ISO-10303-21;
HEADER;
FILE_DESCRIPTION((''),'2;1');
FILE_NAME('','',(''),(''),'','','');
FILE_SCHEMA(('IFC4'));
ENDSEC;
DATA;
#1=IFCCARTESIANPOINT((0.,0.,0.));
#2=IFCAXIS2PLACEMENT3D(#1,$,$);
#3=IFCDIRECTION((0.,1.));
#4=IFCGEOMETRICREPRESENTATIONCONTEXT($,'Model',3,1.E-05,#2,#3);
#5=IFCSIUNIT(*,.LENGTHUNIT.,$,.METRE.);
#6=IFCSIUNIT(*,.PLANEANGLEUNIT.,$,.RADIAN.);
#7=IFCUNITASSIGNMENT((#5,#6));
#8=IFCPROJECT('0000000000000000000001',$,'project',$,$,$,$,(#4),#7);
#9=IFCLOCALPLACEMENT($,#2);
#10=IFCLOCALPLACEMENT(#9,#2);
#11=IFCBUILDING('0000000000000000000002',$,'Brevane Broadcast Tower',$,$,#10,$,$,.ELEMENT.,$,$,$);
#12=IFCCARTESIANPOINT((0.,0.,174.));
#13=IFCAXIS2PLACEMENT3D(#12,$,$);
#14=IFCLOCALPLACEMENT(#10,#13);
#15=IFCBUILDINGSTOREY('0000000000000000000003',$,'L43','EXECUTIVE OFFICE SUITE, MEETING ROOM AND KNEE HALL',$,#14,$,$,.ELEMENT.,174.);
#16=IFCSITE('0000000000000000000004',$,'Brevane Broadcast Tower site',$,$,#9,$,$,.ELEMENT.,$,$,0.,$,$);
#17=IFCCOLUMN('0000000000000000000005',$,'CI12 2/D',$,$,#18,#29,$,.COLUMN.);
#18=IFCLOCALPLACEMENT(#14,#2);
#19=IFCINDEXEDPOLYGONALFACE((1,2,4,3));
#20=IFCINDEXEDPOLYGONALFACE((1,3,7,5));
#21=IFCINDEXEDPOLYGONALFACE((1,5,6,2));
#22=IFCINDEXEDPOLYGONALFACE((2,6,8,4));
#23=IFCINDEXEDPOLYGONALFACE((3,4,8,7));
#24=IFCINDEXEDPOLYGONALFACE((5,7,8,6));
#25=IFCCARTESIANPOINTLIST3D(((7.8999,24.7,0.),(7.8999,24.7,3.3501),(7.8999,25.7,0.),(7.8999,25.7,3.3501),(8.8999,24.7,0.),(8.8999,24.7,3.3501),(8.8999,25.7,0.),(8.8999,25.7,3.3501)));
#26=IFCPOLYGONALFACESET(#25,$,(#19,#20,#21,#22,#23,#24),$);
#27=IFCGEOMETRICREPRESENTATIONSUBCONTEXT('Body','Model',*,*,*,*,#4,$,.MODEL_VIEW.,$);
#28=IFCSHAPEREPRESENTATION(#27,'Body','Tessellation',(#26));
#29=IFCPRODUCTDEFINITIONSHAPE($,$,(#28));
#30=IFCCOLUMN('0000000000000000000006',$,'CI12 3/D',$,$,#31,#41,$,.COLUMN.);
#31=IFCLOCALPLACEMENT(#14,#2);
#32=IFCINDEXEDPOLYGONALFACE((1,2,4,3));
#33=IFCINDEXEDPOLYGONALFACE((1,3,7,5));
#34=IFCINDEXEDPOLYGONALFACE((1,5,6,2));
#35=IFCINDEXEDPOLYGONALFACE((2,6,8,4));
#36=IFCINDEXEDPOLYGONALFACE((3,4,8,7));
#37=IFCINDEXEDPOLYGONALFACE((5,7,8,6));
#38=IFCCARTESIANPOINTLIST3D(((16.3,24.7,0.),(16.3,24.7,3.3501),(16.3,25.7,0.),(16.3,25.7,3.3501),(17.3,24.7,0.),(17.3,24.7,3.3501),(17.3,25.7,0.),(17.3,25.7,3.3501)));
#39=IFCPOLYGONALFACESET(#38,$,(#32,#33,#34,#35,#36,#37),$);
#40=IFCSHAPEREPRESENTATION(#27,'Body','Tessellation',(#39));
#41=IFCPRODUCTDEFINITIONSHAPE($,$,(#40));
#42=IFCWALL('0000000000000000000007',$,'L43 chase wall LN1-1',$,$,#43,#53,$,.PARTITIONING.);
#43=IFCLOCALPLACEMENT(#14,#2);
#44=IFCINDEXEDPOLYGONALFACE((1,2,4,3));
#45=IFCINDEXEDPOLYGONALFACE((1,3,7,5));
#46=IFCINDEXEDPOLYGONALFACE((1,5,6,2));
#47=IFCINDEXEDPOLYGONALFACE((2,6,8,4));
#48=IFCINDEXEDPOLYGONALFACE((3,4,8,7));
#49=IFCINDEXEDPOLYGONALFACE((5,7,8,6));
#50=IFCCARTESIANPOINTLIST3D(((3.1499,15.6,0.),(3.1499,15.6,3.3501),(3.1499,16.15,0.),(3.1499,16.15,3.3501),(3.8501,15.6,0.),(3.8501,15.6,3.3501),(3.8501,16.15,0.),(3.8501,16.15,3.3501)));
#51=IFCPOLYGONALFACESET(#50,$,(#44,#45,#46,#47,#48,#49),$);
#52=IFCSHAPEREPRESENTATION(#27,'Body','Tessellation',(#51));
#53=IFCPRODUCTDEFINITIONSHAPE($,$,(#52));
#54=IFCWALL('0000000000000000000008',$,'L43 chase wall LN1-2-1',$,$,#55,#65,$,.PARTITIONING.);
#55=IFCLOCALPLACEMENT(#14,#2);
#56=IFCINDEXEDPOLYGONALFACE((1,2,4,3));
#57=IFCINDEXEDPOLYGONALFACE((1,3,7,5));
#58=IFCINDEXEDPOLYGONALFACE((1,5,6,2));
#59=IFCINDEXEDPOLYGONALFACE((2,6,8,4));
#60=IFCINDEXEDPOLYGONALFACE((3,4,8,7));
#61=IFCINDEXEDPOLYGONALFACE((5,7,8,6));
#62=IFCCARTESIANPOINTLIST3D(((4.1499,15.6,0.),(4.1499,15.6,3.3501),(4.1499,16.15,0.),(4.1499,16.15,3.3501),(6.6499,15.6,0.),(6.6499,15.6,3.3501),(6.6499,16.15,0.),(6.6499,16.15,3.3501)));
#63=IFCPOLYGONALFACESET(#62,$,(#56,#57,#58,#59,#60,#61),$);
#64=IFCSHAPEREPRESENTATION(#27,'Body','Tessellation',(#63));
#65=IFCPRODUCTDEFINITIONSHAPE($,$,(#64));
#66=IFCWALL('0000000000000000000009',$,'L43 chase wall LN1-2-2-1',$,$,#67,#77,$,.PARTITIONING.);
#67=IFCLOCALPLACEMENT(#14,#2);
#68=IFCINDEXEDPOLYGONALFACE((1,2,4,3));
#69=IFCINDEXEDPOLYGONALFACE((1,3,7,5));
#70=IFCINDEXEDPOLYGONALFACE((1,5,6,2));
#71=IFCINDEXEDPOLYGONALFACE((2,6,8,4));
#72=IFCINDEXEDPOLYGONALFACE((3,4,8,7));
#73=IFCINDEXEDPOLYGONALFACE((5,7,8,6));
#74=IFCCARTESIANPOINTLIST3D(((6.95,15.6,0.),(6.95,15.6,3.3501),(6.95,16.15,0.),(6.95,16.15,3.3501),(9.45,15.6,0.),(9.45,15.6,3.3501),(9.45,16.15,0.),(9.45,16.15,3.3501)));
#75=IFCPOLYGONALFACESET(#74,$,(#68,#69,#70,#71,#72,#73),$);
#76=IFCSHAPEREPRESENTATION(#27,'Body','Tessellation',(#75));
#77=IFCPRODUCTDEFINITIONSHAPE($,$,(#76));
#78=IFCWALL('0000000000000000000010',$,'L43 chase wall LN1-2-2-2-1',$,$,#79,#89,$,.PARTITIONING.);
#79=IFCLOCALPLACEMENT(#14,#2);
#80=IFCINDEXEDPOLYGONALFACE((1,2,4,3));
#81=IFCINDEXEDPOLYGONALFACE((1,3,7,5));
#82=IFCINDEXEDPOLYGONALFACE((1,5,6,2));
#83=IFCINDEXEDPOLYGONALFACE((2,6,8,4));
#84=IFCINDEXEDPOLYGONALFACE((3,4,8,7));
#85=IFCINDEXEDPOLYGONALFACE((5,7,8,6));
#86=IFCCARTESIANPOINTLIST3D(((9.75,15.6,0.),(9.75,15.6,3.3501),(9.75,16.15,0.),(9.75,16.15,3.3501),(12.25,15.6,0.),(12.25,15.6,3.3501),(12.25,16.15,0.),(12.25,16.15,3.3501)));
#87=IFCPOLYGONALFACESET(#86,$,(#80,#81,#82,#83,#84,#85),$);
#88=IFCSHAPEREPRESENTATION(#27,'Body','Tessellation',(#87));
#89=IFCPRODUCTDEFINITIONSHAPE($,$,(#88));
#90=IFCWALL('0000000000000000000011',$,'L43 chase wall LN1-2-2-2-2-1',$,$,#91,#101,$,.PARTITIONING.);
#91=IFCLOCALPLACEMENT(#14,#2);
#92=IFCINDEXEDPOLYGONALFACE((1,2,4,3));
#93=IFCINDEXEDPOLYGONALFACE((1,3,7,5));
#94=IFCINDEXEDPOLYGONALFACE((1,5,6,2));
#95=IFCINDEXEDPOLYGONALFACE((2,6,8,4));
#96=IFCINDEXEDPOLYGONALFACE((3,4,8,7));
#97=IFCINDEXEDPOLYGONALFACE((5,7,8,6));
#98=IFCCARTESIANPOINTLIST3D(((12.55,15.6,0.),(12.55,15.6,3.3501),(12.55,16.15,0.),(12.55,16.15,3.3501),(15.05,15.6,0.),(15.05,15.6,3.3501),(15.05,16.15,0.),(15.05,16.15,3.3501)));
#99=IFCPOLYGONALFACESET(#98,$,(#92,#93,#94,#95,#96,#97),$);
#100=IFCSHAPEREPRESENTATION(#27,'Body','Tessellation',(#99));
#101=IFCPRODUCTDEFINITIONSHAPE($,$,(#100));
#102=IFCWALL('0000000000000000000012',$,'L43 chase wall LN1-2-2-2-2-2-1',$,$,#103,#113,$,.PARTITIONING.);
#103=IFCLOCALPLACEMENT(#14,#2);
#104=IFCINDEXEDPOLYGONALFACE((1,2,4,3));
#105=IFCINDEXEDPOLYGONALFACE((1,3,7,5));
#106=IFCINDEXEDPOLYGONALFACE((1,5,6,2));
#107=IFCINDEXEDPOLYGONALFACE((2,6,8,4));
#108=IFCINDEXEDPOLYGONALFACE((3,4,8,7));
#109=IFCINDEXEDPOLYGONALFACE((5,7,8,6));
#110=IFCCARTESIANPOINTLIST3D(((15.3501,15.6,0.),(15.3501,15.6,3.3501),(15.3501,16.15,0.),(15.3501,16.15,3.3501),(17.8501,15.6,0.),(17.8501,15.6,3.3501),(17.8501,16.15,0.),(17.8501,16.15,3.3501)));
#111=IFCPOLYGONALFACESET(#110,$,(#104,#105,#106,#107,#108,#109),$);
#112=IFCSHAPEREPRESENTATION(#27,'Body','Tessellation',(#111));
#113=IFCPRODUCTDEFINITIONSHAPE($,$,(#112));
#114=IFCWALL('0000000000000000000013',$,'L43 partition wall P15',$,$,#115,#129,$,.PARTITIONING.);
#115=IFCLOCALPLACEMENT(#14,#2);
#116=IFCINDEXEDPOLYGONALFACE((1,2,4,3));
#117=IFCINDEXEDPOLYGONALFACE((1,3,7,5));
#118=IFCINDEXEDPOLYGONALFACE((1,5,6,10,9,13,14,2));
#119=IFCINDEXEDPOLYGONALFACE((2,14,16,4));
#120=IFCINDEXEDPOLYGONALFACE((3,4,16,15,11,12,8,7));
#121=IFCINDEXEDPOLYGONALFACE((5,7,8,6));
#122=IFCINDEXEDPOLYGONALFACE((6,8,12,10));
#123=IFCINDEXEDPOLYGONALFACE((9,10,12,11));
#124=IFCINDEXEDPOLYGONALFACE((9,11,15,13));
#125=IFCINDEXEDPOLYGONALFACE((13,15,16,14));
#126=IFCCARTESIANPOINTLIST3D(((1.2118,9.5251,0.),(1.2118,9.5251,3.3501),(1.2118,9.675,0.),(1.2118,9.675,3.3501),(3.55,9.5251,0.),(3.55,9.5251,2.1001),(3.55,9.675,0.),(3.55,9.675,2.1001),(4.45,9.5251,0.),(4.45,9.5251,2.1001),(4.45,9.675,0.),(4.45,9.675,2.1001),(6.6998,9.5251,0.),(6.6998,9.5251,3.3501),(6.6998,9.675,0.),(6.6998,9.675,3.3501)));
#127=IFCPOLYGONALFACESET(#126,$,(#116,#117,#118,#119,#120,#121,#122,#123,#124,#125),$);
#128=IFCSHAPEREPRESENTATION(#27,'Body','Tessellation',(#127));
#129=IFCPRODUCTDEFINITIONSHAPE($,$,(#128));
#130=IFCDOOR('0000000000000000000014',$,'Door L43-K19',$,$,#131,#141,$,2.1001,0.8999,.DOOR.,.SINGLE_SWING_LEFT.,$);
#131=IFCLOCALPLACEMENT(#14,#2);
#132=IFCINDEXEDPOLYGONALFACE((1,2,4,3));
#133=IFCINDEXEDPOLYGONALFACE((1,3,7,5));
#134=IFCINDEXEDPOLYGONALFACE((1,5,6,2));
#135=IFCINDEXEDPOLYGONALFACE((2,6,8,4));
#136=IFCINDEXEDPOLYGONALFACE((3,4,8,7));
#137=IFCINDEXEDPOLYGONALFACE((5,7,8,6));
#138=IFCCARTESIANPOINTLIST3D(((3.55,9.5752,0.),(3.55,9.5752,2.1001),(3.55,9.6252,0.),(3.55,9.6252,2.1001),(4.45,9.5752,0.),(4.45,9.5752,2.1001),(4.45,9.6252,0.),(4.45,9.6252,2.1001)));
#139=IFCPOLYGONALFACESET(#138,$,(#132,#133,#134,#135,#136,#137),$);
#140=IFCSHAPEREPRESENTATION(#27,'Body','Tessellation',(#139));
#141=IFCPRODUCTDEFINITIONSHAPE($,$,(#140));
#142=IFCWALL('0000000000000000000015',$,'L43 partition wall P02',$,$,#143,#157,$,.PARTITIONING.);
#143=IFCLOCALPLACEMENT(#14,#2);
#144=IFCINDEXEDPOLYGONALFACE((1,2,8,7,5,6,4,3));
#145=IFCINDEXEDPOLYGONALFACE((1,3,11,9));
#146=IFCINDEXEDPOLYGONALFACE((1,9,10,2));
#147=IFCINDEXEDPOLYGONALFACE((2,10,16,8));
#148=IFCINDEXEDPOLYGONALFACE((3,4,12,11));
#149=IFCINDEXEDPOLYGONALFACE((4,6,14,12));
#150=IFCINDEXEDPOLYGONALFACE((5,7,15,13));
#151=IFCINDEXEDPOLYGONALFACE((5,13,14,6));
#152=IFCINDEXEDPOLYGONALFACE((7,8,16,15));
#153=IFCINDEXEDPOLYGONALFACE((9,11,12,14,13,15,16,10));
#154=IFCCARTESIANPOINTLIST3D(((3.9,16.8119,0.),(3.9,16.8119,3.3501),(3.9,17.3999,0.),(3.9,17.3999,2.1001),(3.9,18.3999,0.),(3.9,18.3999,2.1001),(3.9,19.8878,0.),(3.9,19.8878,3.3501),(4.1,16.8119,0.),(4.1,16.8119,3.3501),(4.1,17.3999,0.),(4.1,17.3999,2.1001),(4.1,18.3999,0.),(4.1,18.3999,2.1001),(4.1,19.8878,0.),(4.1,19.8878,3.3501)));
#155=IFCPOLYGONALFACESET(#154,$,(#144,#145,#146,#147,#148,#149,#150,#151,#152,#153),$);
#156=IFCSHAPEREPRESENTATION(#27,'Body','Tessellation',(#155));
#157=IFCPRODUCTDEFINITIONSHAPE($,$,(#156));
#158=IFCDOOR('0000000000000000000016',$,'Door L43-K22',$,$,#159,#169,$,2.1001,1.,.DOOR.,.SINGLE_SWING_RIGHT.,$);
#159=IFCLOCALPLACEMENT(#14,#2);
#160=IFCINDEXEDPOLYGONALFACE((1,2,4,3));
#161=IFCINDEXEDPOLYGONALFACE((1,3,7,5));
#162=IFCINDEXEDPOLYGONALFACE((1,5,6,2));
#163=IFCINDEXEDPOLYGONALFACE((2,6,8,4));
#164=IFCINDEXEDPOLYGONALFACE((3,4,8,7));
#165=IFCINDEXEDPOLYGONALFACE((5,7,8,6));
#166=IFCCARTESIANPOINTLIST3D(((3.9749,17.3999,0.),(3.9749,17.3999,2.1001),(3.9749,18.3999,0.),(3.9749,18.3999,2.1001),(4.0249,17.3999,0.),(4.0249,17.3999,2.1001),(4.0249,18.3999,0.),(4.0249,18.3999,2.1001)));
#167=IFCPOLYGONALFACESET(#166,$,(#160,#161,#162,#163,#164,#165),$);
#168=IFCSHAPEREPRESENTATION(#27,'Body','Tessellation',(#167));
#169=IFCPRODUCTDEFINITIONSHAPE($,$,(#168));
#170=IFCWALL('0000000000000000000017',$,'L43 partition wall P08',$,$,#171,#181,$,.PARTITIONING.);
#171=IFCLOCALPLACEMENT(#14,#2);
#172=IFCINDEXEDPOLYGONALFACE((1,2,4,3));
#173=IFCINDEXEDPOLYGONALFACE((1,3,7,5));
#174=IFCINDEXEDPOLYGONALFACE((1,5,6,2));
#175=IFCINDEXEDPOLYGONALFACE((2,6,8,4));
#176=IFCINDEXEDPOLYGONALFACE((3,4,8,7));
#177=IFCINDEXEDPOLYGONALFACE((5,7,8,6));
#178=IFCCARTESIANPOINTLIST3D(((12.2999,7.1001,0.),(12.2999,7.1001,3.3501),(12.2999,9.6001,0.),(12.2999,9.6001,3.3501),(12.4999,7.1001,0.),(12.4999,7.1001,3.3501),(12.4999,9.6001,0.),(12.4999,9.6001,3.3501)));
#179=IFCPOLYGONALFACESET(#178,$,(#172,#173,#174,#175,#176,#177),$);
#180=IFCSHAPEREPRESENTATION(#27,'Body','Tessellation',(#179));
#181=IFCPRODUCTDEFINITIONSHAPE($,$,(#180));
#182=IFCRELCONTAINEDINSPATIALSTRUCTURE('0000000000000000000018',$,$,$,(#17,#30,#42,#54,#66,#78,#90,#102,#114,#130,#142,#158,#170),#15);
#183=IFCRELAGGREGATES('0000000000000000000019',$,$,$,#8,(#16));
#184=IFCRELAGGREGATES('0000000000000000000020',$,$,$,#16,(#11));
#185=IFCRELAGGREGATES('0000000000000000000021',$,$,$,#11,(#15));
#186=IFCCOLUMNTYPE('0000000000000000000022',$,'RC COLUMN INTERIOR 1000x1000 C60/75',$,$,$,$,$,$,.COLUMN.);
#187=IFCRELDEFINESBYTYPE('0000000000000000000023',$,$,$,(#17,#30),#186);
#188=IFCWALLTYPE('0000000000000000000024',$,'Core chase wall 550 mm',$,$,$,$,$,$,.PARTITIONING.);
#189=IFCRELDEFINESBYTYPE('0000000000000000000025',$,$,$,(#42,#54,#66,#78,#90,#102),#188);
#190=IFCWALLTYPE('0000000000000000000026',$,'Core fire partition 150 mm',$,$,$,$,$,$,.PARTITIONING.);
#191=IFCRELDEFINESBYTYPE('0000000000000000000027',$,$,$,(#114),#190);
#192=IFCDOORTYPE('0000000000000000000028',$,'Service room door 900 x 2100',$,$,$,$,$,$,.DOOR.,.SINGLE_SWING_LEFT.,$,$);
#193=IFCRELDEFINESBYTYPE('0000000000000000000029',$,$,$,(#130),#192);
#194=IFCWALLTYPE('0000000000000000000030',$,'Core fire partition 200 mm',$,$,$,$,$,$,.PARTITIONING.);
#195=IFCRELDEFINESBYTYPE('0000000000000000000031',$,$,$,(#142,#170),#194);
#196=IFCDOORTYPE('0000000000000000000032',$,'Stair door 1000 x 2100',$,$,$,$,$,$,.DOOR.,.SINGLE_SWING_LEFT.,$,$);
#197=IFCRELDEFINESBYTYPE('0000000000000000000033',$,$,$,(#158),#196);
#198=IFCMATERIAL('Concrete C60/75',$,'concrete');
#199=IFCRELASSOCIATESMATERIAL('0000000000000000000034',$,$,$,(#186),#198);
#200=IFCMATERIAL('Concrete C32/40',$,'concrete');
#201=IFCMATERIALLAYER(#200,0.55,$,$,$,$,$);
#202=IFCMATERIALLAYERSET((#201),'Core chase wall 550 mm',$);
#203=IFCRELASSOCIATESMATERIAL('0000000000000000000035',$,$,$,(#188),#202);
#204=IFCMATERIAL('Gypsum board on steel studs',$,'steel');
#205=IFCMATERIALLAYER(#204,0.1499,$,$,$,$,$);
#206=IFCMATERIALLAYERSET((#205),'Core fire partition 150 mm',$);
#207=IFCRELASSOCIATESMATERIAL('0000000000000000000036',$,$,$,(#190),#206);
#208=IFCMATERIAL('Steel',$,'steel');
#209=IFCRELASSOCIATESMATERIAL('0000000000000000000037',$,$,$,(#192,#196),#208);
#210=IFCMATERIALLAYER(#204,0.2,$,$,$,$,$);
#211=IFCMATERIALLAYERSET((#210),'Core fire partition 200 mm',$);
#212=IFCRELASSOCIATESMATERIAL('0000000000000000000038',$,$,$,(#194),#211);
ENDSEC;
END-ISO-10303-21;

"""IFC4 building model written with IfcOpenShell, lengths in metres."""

from ifc_helpers import new_model, si_unit, direction, frame, frame_2d, origin, origin_2d, place, context, subcontext, project, spatial, rectangle, extrude, material, layer, layer_set, material_profile, profile_set, type_object, element, fill, save


model = new_model("IFC4")

# Units and contexts
model_context = context("Model", 3, precision=1e-05, world=origin(), true_north=direction((0.0, 1.0)))
body_context = subcontext(model_context, "Body", "Model", "MODEL_VIEW")
ifc_project = project(units=[si_unit("LENGTHUNIT", "METRE"), si_unit("PLANEANGLEUNIT", "RADIAN")], contexts=[model_context])

# Site, building, storey
site_placement = place(None, origin())
site = spatial("IfcSite", under=ifc_project, at=site_placement, Name="Brevane Broadcast Tower site", CompositionType="ELEMENT", RefElevation=0.0)
building_placement = place(site_placement, origin())
building = spatial("IfcBuilding", under=site, at=building_placement, Name="Brevane Broadcast Tower", CompositionType="ELEMENT")
storey_placement = place(building_placement, frame((0.0, 0.0, 174.0)))
storey = spatial("IfcBuildingStorey", under=building, at=storey_placement, Name="L43", Description="EXECUTIVE OFFICE SUITE, MEETING ROOM AND KNEE HALL", CompositionType="ELEMENT", Elevation=174.0)

# Columns
ifc_material_1 = material(Name="Concrete C60/75", Category="concrete")
ifc_material_profile = material_profile(ifc_material_1, rectangle(XDim=1.0, YDim=1.0, at=origin_2d()), Name="RC 1000x1000")
ifc_profile_set = profile_set([ifc_material_profile], Name="Concrete C60/75")
column_type = type_object("IfcColumnType", Name="RC COLUMN INTERIOR 1000x1000 C60/75", PredefinedType="COLUMN", material=ifc_profile_set)
for number, where, z_axis, x_axis, name in (
    (1, (8.3999, 25.2, 0.0), (0.0, 0.0, 1.0), (1.0, 0.0, 0.0), "CI12 2/D"),
    (2, (16.8, 25.2, 0.0), (0.0, 0.0, 1.0), (1.0, 0.0, 0.0), "CI12 3/D"),
):
    element("IfcColumn", number, at=place(storey_placement, frame(where, z_axis=z_axis, x_axis=x_axis)), inside=storey, type_object=column_type, Name=name, PredefinedType="COLUMN", context=body_context, shape_type="SweptSolid", body=[
        extrude(rectangle(XDim=1.0, YDim=1.0, at=origin_2d()), origin(), (0.0, 0.0, 1.0), 3.3501),
    ])

# Walls
ifc_material_2 = material(Name="Concrete C32/40", Category="concrete")
ifc_layer_1 = layer(ifc_material_2, 0.55)
ifc_layer_set_1 = layer_set([ifc_layer_1], Name="Core chase wall 550 mm")
wall_type_1 = type_object("IfcWallType", Name="Core chase wall 550 mm", PredefinedType="PARTITIONING", material=ifc_layer_set_1)
wall_1_placement = place(storey_placement, frame((3.1499, 15.875, 0.0), z_axis=(0.0, 0.0, 1.0), x_axis=(1.0, 0.0, 0.0)))
element("IfcWall", 3, at=wall_1_placement, inside=storey, type_object=wall_type_1, Name="L43 chase wall LN1-1", PredefinedType="PARTITIONING", context=body_context, shape_type="SweptSolid", body=[
    extrude(rectangle(XDim=0.7002, YDim=0.55, at=frame_2d((0.3501, 0.0))), origin(), (0.0, 0.0, 1.0), 3.3501),
])
for number, where, z_axis, x_axis, name in (
    (4, (4.1499, 15.875, 0.0), (0.0, 0.0, 1.0), (1.0, 0.0, 0.0), "L43 chase wall LN1-2-1"),
    (5, (6.95, 15.875, 0.0), (0.0, 0.0, 1.0), (1.0, 0.0, 0.0), "L43 chase wall LN1-2-2-1"),
    (6, (9.75, 15.875, 0.0), (0.0, 0.0, 1.0), (1.0, 0.0, 0.0), "L43 chase wall LN1-2-2-2-1"),
    (7, (12.55, 15.875, 0.0), (0.0, 0.0, 1.0), (1.0, 0.0, 0.0), "L43 chase wall LN1-2-2-2-2-1"),
    (8, (15.3501, 15.875, 0.0), (0.0, 0.0, 1.0), (1.0, 0.0, 0.0), "L43 chase wall LN1-2-2-2-2-2-1"),
):
    element("IfcWall", number, at=place(storey_placement, frame(where, z_axis=z_axis, x_axis=x_axis)), inside=storey, type_object=wall_type_1, Name=name, PredefinedType="PARTITIONING", context=body_context, shape_type="SweptSolid", body=[
        extrude(rectangle(XDim=2.5, YDim=0.55, at=frame_2d((1.25, 0.0))), origin(), (0.0, 0.0, 1.0), 3.3501),
    ])

# Walls, openings, doors
ifc_material_3 = material(Name="Gypsum board on steel studs", Category="steel")
ifc_layer_2 = layer(ifc_material_3, 0.1499)
ifc_layer_set_2 = layer_set([ifc_layer_2], Name="Core fire partition 150 mm")
wall_type_2 = type_object("IfcWallType", Name="Core fire partition 150 mm", PredefinedType="PARTITIONING", material=ifc_layer_set_2)
wall_2_placement = place(storey_placement, frame((6.7, 9.6001, 0.0), z_axis=(0.0, 0.0, 1.0), x_axis=(-1.0, 0.0, 0.0)))
wall_2 = element("IfcWall", 9, at=wall_2_placement, inside=storey, type_object=wall_type_2, Name="L43 partition wall P15", PredefinedType="PARTITIONING", context=body_context, shape_type="SweptSolid", body=[
    extrude(rectangle(XDim=5.488, YDim=0.1499, at=frame_2d((2.7441, 0.0))), origin(), (0.0, 0.0, 1.0), 3.3501),
])
opening_1_placement = place(wall_2_placement, frame((2.25, 0.0, 0.0)))
opening_1 = element("IfcOpeningElement", 10, at=opening_1_placement, cuts=wall_2, PredefinedType="OPENING", context=body_context, shape_type="SweptSolid", body=[
    extrude(rectangle(XDim=0.8999, YDim=2.1001, at=frame_2d((0.45, 1.05))), frame((0.0, 0.085, 0.0), z_axis=(0.0, -1.0, 0.0), x_axis=(1.0, 0.0, 0.0)), (0.0, 0.0, 1.0), 0.1699),
])
ifc_material_4 = material(Name="Steel", Category="steel")
door_type_1 = type_object("IfcDoorType", Name="Service room door 900 x 2100", OperationType="SINGLE_SWING_LEFT", PredefinedType="DOOR", material=ifc_material_4)
door_1_placement = place(opening_1_placement, origin())
door_1 = element("IfcDoor", 11, at=door_1_placement, inside=storey, type_object=door_type_1, Name="Door L43-K19", OperationType="SINGLE_SWING_LEFT", OverallHeight=2.1001, OverallWidth=0.8999, PredefinedType="DOOR", context=body_context, shape_type="SweptSolid", body=[
    extrude(rectangle(XDim=0.8999, YDim=2.1001, at=frame_2d((0.45, 1.05))), frame((0.0, 0.0249, 0.0), z_axis=(0.0, -1.0, 0.0), x_axis=(1.0, 0.0, 0.0)), (0.0, 0.0, 1.0), 0.05),
])
fill(opening_1, door_1)
ifc_layer_3 = layer(ifc_material_3, 0.2)
ifc_layer_set_3 = layer_set([ifc_layer_3], Name="Core fire partition 200 mm")
wall_type_3 = type_object("IfcWallType", Name="Core fire partition 200 mm", PredefinedType="PARTITIONING", material=ifc_layer_set_3)
wall_3_placement = place(storey_placement, frame((4.0, 19.8879, 0.0), z_axis=(0.0, 0.0, 1.0), x_axis=(0.0, -1.0, 0.0)))
wall_3 = element("IfcWall", 12, at=wall_3_placement, inside=storey, type_object=wall_type_3, Name="L43 partition wall P02", PredefinedType="PARTITIONING", context=body_context, shape_type="SweptSolid", body=[
    extrude(rectangle(XDim=3.0759, YDim=0.2, at=frame_2d((1.5381, 0.0))), origin(), (0.0, 0.0, 1.0), 3.3501),
])
opening_2_placement = place(wall_3_placement, frame((1.488, 0.0, 0.0)))
opening_2 = element("IfcOpeningElement", 13, at=opening_2_placement, cuts=wall_3, PredefinedType="OPENING", context=body_context, shape_type="SweptSolid", body=[
    extrude(rectangle(XDim=1.0, YDim=2.1001, at=frame_2d((0.5, 1.05))), frame((0.0, 0.1099, 0.0), z_axis=(0.0, -1.0, 0.0), x_axis=(1.0, 0.0, 0.0)), (0.0, 0.0, 1.0), 0.22),
])
door_type_2 = type_object("IfcDoorType", Name="Stair door 1000 x 2100", OperationType="SINGLE_SWING_LEFT", PredefinedType="DOOR", material=ifc_material_4)
door_2_placement = place(opening_2_placement, origin())
door_2 = element("IfcDoor", 14, at=door_2_placement, inside=storey, type_object=door_type_2, Name="Door L43-K22", OperationType="SINGLE_SWING_RIGHT", OverallHeight=2.1001, OverallWidth=1.0, PredefinedType="DOOR", context=body_context, shape_type="SweptSolid", body=[
    extrude(rectangle(XDim=1.0, YDim=2.1001, at=frame_2d((0.5, 1.05))), frame((0.0, 0.0249, 0.0), z_axis=(0.0, -1.0, 0.0), x_axis=(1.0, 0.0, 0.0)), (0.0, 0.0, 1.0), 0.05),
])
fill(opening_2, door_2)

# Wall
wall_4_placement = place(storey_placement, frame((12.3999, 7.1001, 0.0), z_axis=(0.0, 0.0, 1.0), x_axis=(0.0, 1.0, 0.0)))
element("IfcWall", 15, at=wall_4_placement, inside=storey, type_object=wall_type_3, Name="L43 partition wall P08", PredefinedType="PARTITIONING", context=body_context, shape_type="SweptSolid", body=[
    extrude(rectangle(XDim=2.5, YDim=0.2, at=frame_2d((1.25, 0.0))), origin(), (0.0, 0.0, 1.0), 3.3501),
])

save(model, "model.ifc")
